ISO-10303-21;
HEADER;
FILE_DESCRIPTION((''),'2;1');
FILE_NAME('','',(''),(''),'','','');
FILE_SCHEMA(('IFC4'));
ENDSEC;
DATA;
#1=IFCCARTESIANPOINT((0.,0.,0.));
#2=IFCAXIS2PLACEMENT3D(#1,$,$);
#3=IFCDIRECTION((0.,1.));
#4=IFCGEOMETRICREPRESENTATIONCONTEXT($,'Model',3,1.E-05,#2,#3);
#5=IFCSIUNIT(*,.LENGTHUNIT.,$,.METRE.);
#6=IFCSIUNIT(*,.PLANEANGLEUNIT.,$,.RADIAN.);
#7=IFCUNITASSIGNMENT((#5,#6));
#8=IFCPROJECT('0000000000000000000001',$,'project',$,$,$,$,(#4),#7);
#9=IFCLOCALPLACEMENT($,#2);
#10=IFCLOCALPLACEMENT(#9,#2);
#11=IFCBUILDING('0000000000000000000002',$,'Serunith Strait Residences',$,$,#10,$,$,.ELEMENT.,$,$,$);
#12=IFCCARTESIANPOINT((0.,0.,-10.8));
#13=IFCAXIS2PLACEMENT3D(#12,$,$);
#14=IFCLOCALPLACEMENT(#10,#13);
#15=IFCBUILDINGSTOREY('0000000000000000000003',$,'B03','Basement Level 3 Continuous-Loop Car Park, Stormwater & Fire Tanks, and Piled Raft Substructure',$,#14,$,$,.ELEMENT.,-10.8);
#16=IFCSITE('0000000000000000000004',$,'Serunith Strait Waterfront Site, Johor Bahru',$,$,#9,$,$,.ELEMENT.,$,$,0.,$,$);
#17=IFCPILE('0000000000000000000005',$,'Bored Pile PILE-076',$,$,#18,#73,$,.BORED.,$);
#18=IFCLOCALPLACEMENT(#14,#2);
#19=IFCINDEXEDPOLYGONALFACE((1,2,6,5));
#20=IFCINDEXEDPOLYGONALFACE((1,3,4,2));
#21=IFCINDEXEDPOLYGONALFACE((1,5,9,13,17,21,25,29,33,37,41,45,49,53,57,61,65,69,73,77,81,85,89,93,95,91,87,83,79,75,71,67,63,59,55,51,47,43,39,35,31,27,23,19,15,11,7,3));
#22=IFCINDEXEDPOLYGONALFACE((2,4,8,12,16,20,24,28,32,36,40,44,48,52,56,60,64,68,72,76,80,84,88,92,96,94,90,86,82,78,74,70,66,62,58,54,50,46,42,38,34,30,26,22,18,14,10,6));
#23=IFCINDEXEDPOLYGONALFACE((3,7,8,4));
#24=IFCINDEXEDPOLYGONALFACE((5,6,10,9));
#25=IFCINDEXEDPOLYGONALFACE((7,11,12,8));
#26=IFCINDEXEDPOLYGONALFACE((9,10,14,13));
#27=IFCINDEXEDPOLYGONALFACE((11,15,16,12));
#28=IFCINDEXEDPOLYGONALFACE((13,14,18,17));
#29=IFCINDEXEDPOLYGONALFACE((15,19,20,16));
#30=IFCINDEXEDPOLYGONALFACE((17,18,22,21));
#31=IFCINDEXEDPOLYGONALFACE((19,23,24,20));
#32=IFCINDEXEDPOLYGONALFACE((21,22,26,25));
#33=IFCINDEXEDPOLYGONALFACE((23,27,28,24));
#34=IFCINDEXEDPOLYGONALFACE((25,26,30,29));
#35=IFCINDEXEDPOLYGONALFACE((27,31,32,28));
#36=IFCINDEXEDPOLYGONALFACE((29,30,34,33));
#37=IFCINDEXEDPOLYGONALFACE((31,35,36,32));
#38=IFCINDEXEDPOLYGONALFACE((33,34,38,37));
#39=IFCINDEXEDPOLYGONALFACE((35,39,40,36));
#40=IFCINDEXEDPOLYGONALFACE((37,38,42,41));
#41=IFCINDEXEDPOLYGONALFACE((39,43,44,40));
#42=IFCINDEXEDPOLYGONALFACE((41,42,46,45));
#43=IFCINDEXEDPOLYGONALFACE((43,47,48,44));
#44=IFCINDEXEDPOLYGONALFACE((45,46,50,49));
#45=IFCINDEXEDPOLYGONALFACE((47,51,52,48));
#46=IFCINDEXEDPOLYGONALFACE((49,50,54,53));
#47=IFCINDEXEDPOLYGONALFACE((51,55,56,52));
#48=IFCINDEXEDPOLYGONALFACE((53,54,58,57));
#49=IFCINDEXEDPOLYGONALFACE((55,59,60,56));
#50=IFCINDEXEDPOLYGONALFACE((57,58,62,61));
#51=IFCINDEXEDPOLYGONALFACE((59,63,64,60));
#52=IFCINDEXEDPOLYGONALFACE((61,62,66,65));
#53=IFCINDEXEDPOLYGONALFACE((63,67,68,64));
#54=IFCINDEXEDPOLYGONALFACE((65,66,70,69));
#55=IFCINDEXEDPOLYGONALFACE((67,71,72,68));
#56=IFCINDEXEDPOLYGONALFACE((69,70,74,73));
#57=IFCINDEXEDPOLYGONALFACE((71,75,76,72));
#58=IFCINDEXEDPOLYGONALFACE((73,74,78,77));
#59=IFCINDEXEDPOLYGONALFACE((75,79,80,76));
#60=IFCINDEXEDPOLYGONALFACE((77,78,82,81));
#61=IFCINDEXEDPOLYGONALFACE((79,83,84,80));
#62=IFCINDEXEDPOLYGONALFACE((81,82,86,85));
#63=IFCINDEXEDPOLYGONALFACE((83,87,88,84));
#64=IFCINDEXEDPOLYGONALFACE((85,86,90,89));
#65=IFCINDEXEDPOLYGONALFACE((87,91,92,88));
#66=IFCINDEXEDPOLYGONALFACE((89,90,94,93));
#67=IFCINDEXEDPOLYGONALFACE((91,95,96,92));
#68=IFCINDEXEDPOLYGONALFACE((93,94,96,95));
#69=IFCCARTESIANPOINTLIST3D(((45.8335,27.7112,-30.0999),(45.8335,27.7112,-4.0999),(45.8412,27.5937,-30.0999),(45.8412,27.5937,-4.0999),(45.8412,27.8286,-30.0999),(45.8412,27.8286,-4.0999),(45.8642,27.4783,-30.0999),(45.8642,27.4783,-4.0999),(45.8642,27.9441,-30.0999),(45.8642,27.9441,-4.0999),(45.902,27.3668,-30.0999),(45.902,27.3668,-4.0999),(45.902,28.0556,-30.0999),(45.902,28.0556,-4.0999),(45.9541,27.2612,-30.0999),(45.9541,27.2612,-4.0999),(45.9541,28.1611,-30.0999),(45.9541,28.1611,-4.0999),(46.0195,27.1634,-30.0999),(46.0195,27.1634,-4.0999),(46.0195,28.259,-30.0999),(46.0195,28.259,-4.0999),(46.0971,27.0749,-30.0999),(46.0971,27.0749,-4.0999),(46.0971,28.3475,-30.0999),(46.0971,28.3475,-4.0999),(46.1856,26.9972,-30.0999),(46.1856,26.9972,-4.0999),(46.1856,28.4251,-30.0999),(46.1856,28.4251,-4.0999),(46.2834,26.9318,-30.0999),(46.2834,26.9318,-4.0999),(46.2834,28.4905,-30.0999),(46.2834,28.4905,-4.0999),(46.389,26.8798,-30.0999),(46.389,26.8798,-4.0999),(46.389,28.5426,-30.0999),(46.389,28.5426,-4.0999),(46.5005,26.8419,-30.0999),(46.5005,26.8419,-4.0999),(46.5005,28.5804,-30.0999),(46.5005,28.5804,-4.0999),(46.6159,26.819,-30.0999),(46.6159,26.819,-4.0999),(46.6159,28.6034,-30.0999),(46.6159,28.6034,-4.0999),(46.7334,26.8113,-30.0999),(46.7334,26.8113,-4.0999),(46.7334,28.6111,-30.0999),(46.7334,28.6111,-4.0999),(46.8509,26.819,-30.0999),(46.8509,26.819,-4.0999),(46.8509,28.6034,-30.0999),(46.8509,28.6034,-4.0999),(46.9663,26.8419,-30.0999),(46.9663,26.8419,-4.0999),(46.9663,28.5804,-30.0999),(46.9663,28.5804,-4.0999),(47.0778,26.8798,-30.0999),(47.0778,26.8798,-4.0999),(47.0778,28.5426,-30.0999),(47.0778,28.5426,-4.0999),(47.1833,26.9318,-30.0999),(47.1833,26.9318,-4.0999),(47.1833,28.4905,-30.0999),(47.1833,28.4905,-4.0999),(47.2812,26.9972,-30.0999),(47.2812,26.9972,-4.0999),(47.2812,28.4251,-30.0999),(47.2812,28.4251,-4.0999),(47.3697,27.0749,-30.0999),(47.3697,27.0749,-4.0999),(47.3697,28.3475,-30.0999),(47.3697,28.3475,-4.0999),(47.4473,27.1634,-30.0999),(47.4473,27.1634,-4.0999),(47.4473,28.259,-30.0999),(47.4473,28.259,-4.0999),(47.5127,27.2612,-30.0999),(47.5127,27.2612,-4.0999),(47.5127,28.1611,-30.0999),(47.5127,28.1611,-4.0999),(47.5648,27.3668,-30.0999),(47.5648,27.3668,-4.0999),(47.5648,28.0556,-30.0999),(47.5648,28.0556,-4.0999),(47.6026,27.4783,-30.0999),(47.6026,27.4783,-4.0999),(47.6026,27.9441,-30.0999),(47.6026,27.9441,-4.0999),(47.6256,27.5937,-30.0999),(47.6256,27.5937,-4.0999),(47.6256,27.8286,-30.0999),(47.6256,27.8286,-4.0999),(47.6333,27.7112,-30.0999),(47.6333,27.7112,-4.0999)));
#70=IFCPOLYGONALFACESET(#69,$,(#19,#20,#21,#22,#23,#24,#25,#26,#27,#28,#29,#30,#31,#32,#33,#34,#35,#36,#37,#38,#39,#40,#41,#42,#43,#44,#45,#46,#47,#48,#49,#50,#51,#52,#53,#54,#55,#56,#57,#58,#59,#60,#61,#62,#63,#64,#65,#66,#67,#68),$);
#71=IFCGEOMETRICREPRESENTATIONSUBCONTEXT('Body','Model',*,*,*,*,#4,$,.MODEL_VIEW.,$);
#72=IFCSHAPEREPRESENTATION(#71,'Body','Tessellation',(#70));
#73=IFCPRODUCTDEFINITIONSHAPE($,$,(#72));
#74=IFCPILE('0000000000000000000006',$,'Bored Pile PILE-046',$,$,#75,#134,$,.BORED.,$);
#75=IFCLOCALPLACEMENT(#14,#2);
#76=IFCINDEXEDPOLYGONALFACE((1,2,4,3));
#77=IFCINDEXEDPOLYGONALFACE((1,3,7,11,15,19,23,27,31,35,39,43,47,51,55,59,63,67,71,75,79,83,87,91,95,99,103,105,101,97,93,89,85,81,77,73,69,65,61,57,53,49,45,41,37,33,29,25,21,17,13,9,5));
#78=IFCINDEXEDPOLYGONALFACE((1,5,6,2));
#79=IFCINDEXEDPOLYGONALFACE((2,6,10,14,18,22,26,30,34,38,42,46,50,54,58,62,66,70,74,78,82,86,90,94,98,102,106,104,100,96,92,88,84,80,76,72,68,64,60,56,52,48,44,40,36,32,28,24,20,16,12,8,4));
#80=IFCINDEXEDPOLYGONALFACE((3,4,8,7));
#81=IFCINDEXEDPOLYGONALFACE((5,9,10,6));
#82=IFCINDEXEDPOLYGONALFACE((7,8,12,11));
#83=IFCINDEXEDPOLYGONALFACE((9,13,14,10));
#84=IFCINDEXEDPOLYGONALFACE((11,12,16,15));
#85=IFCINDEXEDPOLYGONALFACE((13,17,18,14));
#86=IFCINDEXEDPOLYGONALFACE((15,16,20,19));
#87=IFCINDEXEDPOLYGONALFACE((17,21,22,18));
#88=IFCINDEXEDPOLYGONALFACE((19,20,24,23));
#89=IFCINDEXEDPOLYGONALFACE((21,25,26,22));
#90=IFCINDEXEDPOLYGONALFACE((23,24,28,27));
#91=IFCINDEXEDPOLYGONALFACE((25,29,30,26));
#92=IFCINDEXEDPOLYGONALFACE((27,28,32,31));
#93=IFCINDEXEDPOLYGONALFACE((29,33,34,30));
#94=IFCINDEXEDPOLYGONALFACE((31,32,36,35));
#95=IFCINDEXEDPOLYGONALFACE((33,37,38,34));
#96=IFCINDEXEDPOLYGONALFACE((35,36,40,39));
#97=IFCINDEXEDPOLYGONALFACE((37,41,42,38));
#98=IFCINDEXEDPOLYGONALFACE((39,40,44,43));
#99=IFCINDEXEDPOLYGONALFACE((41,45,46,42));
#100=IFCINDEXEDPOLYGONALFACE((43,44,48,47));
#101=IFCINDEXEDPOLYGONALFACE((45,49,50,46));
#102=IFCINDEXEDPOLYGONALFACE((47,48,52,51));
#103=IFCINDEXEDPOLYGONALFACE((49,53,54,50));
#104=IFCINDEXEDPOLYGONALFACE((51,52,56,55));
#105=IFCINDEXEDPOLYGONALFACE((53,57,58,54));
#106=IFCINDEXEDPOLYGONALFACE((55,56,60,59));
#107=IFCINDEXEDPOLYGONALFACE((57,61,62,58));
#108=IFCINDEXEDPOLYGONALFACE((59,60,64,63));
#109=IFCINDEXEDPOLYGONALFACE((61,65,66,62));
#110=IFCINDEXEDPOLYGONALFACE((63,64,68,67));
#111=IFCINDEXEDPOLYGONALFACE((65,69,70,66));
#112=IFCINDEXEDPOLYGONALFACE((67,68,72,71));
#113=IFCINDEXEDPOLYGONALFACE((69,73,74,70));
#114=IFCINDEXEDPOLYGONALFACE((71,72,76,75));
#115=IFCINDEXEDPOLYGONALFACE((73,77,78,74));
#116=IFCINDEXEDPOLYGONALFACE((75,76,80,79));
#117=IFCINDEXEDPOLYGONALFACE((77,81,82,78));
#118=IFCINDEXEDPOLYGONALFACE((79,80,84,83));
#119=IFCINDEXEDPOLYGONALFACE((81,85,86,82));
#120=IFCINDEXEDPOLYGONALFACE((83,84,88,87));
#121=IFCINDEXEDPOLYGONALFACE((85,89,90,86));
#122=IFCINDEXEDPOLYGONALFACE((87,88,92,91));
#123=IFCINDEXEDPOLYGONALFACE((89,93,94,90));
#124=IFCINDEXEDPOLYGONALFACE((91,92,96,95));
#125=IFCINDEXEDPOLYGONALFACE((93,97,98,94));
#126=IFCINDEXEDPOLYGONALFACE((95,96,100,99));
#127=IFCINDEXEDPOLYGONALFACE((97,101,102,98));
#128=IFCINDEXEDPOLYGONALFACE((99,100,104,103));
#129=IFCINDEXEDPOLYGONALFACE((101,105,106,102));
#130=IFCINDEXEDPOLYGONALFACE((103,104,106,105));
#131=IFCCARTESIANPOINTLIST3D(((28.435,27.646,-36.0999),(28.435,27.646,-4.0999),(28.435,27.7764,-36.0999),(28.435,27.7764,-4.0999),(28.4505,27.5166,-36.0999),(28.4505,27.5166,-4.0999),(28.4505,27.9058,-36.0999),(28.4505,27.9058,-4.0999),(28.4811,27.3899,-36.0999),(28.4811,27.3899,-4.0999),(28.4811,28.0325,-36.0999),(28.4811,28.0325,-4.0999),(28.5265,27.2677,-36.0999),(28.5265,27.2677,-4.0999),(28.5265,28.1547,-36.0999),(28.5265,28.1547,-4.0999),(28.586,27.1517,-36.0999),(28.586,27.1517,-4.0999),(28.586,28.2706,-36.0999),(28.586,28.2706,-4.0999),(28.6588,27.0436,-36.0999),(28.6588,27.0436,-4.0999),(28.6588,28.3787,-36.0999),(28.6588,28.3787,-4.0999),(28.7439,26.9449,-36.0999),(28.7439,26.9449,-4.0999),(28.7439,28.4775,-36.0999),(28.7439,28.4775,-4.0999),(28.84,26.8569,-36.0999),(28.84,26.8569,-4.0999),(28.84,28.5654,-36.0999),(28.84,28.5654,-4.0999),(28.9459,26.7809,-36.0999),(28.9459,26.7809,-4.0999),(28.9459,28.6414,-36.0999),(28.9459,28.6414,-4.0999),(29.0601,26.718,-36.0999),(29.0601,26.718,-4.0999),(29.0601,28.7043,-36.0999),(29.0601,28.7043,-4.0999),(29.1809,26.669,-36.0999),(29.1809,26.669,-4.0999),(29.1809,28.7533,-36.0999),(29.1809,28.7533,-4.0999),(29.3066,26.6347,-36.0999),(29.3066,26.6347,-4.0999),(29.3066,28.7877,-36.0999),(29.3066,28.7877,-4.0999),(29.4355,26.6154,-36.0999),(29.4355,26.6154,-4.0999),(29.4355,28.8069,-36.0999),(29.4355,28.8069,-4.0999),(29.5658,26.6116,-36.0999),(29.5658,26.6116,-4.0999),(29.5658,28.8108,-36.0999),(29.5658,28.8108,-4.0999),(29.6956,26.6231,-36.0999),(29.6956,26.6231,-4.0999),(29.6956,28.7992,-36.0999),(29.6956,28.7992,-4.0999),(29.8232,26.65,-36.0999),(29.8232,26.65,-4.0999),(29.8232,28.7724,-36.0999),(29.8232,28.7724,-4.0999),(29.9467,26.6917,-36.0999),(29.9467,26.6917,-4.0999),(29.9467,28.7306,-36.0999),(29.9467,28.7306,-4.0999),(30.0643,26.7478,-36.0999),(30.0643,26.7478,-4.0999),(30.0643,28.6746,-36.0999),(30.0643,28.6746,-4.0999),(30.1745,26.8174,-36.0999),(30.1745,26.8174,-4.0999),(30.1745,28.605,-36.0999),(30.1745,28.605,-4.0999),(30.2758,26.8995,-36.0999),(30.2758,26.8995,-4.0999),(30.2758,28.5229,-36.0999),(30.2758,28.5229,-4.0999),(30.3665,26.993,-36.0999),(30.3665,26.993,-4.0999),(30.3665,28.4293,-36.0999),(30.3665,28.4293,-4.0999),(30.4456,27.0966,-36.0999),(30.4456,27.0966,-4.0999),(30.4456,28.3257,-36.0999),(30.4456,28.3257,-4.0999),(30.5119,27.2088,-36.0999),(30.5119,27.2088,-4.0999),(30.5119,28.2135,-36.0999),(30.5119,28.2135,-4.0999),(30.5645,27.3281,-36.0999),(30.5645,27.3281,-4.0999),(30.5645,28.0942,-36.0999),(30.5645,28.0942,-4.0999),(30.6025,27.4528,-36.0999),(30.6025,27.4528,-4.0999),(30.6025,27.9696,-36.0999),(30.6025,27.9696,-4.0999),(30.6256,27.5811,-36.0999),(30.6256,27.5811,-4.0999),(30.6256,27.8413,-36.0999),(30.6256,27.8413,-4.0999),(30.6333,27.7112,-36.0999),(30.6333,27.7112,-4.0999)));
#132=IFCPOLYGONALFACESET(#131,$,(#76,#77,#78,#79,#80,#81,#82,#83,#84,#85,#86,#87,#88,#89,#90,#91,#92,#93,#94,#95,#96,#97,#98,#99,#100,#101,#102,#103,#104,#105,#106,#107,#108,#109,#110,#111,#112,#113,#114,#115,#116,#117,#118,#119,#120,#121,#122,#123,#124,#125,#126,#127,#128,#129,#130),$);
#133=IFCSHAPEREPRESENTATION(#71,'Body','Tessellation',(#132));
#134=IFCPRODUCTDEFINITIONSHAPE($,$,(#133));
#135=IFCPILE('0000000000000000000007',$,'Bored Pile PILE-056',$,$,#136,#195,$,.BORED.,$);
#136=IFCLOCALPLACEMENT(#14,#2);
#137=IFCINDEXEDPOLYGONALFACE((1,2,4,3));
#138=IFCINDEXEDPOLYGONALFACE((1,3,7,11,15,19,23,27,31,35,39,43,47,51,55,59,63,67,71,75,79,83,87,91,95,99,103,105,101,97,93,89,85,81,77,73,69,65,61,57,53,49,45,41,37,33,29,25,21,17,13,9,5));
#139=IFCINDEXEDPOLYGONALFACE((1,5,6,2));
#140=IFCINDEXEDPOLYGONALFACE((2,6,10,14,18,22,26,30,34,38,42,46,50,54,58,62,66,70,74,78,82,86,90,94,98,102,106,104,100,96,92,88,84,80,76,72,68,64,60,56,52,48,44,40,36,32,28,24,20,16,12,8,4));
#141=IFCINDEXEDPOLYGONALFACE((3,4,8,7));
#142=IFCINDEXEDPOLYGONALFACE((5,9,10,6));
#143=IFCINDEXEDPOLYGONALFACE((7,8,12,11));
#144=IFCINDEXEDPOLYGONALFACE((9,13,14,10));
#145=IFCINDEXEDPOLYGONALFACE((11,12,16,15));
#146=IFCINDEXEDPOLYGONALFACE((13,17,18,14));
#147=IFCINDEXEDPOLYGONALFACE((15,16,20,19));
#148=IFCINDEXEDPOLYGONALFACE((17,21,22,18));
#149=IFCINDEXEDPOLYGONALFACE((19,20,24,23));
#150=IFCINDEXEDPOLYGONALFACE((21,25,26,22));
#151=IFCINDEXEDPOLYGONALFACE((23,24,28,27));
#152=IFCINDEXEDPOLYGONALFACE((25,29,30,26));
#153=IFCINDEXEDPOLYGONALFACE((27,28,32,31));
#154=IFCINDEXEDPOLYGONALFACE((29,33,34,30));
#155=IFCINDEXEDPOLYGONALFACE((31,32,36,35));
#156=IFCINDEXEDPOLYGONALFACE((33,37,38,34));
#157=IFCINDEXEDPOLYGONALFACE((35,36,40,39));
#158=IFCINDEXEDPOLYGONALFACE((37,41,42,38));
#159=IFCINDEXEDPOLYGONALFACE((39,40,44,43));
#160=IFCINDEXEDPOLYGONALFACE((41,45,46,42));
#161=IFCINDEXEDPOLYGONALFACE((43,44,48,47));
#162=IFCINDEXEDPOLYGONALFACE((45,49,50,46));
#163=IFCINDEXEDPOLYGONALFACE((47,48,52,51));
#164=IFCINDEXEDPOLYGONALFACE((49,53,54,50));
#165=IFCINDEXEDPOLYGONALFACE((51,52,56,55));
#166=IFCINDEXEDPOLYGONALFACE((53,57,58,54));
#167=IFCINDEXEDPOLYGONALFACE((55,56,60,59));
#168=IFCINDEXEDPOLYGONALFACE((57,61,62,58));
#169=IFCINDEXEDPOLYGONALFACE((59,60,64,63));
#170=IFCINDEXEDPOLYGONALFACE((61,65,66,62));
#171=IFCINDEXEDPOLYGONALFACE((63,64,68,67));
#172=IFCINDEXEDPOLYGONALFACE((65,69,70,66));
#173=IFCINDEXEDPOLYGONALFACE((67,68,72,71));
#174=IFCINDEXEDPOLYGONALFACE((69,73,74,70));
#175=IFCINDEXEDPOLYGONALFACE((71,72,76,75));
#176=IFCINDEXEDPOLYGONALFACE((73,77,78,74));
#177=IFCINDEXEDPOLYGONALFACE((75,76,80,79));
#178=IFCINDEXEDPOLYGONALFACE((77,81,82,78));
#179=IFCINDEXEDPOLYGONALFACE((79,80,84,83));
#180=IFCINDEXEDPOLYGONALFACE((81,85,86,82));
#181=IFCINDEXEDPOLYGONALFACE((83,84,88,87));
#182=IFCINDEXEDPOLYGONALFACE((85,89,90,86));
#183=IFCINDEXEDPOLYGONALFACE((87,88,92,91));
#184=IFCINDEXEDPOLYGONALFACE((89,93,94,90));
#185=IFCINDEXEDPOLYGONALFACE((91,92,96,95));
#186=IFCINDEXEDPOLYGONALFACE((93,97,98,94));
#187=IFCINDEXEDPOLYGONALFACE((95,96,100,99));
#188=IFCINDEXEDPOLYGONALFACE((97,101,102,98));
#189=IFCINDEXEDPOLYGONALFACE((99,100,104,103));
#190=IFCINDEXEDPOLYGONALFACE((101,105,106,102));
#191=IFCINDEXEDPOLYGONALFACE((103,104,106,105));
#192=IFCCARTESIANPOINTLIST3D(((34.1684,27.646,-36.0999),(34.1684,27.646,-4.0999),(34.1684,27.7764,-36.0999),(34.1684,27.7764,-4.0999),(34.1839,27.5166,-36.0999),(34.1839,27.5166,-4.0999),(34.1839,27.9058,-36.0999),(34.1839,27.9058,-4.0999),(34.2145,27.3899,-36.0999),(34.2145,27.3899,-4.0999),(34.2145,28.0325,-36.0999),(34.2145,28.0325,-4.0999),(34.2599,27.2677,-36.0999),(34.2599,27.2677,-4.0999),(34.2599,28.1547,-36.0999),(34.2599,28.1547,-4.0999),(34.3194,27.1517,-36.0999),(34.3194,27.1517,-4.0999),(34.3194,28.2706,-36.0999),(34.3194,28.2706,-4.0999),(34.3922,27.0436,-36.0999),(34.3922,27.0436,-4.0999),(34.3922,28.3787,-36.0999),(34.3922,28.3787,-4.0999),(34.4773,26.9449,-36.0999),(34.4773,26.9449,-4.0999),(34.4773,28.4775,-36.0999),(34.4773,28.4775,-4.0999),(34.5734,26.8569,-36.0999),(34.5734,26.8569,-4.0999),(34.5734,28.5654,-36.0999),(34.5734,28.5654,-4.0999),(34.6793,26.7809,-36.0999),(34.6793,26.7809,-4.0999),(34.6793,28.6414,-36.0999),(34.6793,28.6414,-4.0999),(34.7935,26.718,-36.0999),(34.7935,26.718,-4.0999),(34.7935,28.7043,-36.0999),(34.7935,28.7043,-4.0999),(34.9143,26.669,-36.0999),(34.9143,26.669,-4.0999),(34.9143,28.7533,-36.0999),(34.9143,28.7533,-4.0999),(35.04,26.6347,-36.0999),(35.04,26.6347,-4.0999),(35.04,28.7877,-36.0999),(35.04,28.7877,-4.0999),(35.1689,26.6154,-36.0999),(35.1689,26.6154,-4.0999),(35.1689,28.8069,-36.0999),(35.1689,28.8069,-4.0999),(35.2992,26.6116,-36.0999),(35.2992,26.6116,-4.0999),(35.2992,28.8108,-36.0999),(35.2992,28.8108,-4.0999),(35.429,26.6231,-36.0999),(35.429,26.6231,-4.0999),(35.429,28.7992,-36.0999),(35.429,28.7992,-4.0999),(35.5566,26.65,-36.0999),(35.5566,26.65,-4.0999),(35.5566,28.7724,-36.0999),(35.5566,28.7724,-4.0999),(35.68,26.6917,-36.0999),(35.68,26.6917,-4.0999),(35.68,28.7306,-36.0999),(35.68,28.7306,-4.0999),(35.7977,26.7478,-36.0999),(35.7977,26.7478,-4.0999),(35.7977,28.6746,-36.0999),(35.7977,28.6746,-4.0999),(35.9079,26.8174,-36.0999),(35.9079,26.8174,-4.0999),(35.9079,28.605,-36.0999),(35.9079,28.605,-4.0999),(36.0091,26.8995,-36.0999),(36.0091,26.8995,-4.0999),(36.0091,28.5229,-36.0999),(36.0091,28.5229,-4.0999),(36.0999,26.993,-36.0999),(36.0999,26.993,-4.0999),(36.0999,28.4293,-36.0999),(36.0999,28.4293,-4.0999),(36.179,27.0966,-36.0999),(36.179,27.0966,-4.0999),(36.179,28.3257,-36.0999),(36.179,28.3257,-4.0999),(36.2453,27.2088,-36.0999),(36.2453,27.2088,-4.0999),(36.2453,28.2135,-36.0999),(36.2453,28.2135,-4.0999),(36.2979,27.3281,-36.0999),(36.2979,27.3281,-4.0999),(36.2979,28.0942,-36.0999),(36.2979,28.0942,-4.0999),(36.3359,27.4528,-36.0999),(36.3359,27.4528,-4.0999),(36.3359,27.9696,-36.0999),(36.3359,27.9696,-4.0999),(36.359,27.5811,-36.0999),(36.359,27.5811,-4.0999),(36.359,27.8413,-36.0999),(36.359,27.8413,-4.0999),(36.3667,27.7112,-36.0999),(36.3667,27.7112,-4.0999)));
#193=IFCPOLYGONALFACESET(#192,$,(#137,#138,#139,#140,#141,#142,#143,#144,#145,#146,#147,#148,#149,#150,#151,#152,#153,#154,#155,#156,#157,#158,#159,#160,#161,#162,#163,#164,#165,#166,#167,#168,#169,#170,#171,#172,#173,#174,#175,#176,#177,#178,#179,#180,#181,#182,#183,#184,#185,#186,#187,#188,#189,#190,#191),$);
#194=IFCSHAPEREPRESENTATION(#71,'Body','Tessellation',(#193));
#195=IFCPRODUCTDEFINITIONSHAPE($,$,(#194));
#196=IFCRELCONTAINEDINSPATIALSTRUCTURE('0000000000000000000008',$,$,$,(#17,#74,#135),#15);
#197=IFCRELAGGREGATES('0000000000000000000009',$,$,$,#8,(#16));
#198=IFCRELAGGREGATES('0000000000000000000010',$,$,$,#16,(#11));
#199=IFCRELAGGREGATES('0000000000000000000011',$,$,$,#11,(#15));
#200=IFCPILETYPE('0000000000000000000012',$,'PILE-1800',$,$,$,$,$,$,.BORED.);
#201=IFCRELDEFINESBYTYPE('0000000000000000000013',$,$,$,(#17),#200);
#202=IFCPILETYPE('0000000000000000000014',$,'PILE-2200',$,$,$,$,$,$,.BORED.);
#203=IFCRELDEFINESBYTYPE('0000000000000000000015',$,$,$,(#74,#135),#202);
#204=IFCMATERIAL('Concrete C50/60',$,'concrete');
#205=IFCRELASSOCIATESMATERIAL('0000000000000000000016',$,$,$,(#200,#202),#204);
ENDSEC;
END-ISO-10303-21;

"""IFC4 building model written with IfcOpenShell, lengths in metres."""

from ifc_helpers import new_model, si_unit, direction, frame, origin, origin_2d, place, context, subcontext, project, spatial, circle, extrude, source, transform, mapped, material, material_profile, profile_set, type_object, element, save


model = new_model("IFC4")

# Units and contexts
model_context = context("Model", 3, precision=1e-05, world=origin(), true_north=direction((0.0, 1.0)))
body_context = subcontext(model_context, "Body", "Model", "MODEL_VIEW")
ifc_project = project(units=[si_unit("LENGTHUNIT", "METRE"), si_unit("PLANEANGLEUNIT", "RADIAN")], contexts=[model_context])

# Site, building, storey
site_placement = place(None, origin())
site = spatial("IfcSite", under=ifc_project, at=site_placement, Name="Serunith Strait Waterfront Site, Johor Bahru", CompositionType="ELEMENT", RefElevation=0.0)
building_placement = place(site_placement, origin())
building = spatial("IfcBuilding", under=site, at=building_placement, Name="Serunith Strait Residences", CompositionType="ELEMENT")
storey_placement = place(building_placement, frame((0.0, 0.0, -10.8)))
storey = spatial("IfcBuildingStorey", under=building, at=storey_placement, Name="B03", Description="Basement Level 3 Continuous-Loop Car Park, Stormwater & Fire Tanks, and Piled Raft Substructure", CompositionType="ELEMENT", Elevation=-10.8)

# Piles
ifc_material_1 = material(Name="Concrete C50/60", Category="concrete")
ifc_material_profile_1 = material_profile(ifc_material_1, circle(Radius=0.8999, at=origin_2d()), Name="PILE D1800")
ifc_profile_set_1 = profile_set([ifc_material_profile_1], Name="Concrete C50/60")
pile_type_1 = type_object("IfcPileType", Name="PILE-1800", PredefinedType="BORED", material=ifc_profile_set_1)
shared_shape_1 = source(origin(), body_context, "Body", "SweptSolid", [
    extrude(circle(Radius=0.8999, at=origin_2d()), origin(), (0.0, 0.0, 1.0), 26.0),
])
pile_placement = place(storey_placement, frame((46.7334, 27.7112, -4.0999), z_axis=(0.0, 0.0, -1.0), x_axis=(1.0, 0.0, 0.0)))
element("IfcPile", 1, at=pile_placement, inside=storey, type_object=pile_type_1, Name="Bored Pile PILE-076", PredefinedType="BORED", context=body_context, shape_type="MappedRepresentation", body=[
    mapped(shared_shape_1, transform((0.0, 0.0, 0.0), scale=1.0)),
])
ifc_material_profile_2 = material_profile(ifc_material_1, circle(Radius=1.1001, at=origin_2d()), Name="PILE D2200")
ifc_profile_set_2 = profile_set([ifc_material_profile_2], Name="Concrete C50/60")
pile_type_2 = type_object("IfcPileType", Name="PILE-2200", PredefinedType="BORED", material=ifc_profile_set_2)
shared_shape_2 = source(origin(), body_context, "Body", "SweptSolid", [
    extrude(circle(Radius=1.1001, at=origin_2d()), origin(), (0.0, 0.0, 1.0), 32.0),
])
for number, where, z_axis, x_axis, name in (
    (2, (29.5332, 27.7112, -4.0999), (0.0, 0.0, -1.0), (1.0, 0.0, 0.0), "Bored Pile PILE-046"),
    (3, (35.2666, 27.7112, -4.0999), (0.0, 0.0, -1.0), (1.0, 0.0, 0.0), "Bored Pile PILE-056"),
):
    element("IfcPile", number, at=place(storey_placement, frame(where, z_axis=z_axis, x_axis=x_axis)), inside=storey, type_object=pile_type_2, Name=name, PredefinedType="BORED", context=body_context, shape_type="MappedRepresentation", body=[
        mapped(shared_shape_2, transform((0.0, 0.0, 0.0), scale=1.0)),
    ])

save(model, "model.ifc")
